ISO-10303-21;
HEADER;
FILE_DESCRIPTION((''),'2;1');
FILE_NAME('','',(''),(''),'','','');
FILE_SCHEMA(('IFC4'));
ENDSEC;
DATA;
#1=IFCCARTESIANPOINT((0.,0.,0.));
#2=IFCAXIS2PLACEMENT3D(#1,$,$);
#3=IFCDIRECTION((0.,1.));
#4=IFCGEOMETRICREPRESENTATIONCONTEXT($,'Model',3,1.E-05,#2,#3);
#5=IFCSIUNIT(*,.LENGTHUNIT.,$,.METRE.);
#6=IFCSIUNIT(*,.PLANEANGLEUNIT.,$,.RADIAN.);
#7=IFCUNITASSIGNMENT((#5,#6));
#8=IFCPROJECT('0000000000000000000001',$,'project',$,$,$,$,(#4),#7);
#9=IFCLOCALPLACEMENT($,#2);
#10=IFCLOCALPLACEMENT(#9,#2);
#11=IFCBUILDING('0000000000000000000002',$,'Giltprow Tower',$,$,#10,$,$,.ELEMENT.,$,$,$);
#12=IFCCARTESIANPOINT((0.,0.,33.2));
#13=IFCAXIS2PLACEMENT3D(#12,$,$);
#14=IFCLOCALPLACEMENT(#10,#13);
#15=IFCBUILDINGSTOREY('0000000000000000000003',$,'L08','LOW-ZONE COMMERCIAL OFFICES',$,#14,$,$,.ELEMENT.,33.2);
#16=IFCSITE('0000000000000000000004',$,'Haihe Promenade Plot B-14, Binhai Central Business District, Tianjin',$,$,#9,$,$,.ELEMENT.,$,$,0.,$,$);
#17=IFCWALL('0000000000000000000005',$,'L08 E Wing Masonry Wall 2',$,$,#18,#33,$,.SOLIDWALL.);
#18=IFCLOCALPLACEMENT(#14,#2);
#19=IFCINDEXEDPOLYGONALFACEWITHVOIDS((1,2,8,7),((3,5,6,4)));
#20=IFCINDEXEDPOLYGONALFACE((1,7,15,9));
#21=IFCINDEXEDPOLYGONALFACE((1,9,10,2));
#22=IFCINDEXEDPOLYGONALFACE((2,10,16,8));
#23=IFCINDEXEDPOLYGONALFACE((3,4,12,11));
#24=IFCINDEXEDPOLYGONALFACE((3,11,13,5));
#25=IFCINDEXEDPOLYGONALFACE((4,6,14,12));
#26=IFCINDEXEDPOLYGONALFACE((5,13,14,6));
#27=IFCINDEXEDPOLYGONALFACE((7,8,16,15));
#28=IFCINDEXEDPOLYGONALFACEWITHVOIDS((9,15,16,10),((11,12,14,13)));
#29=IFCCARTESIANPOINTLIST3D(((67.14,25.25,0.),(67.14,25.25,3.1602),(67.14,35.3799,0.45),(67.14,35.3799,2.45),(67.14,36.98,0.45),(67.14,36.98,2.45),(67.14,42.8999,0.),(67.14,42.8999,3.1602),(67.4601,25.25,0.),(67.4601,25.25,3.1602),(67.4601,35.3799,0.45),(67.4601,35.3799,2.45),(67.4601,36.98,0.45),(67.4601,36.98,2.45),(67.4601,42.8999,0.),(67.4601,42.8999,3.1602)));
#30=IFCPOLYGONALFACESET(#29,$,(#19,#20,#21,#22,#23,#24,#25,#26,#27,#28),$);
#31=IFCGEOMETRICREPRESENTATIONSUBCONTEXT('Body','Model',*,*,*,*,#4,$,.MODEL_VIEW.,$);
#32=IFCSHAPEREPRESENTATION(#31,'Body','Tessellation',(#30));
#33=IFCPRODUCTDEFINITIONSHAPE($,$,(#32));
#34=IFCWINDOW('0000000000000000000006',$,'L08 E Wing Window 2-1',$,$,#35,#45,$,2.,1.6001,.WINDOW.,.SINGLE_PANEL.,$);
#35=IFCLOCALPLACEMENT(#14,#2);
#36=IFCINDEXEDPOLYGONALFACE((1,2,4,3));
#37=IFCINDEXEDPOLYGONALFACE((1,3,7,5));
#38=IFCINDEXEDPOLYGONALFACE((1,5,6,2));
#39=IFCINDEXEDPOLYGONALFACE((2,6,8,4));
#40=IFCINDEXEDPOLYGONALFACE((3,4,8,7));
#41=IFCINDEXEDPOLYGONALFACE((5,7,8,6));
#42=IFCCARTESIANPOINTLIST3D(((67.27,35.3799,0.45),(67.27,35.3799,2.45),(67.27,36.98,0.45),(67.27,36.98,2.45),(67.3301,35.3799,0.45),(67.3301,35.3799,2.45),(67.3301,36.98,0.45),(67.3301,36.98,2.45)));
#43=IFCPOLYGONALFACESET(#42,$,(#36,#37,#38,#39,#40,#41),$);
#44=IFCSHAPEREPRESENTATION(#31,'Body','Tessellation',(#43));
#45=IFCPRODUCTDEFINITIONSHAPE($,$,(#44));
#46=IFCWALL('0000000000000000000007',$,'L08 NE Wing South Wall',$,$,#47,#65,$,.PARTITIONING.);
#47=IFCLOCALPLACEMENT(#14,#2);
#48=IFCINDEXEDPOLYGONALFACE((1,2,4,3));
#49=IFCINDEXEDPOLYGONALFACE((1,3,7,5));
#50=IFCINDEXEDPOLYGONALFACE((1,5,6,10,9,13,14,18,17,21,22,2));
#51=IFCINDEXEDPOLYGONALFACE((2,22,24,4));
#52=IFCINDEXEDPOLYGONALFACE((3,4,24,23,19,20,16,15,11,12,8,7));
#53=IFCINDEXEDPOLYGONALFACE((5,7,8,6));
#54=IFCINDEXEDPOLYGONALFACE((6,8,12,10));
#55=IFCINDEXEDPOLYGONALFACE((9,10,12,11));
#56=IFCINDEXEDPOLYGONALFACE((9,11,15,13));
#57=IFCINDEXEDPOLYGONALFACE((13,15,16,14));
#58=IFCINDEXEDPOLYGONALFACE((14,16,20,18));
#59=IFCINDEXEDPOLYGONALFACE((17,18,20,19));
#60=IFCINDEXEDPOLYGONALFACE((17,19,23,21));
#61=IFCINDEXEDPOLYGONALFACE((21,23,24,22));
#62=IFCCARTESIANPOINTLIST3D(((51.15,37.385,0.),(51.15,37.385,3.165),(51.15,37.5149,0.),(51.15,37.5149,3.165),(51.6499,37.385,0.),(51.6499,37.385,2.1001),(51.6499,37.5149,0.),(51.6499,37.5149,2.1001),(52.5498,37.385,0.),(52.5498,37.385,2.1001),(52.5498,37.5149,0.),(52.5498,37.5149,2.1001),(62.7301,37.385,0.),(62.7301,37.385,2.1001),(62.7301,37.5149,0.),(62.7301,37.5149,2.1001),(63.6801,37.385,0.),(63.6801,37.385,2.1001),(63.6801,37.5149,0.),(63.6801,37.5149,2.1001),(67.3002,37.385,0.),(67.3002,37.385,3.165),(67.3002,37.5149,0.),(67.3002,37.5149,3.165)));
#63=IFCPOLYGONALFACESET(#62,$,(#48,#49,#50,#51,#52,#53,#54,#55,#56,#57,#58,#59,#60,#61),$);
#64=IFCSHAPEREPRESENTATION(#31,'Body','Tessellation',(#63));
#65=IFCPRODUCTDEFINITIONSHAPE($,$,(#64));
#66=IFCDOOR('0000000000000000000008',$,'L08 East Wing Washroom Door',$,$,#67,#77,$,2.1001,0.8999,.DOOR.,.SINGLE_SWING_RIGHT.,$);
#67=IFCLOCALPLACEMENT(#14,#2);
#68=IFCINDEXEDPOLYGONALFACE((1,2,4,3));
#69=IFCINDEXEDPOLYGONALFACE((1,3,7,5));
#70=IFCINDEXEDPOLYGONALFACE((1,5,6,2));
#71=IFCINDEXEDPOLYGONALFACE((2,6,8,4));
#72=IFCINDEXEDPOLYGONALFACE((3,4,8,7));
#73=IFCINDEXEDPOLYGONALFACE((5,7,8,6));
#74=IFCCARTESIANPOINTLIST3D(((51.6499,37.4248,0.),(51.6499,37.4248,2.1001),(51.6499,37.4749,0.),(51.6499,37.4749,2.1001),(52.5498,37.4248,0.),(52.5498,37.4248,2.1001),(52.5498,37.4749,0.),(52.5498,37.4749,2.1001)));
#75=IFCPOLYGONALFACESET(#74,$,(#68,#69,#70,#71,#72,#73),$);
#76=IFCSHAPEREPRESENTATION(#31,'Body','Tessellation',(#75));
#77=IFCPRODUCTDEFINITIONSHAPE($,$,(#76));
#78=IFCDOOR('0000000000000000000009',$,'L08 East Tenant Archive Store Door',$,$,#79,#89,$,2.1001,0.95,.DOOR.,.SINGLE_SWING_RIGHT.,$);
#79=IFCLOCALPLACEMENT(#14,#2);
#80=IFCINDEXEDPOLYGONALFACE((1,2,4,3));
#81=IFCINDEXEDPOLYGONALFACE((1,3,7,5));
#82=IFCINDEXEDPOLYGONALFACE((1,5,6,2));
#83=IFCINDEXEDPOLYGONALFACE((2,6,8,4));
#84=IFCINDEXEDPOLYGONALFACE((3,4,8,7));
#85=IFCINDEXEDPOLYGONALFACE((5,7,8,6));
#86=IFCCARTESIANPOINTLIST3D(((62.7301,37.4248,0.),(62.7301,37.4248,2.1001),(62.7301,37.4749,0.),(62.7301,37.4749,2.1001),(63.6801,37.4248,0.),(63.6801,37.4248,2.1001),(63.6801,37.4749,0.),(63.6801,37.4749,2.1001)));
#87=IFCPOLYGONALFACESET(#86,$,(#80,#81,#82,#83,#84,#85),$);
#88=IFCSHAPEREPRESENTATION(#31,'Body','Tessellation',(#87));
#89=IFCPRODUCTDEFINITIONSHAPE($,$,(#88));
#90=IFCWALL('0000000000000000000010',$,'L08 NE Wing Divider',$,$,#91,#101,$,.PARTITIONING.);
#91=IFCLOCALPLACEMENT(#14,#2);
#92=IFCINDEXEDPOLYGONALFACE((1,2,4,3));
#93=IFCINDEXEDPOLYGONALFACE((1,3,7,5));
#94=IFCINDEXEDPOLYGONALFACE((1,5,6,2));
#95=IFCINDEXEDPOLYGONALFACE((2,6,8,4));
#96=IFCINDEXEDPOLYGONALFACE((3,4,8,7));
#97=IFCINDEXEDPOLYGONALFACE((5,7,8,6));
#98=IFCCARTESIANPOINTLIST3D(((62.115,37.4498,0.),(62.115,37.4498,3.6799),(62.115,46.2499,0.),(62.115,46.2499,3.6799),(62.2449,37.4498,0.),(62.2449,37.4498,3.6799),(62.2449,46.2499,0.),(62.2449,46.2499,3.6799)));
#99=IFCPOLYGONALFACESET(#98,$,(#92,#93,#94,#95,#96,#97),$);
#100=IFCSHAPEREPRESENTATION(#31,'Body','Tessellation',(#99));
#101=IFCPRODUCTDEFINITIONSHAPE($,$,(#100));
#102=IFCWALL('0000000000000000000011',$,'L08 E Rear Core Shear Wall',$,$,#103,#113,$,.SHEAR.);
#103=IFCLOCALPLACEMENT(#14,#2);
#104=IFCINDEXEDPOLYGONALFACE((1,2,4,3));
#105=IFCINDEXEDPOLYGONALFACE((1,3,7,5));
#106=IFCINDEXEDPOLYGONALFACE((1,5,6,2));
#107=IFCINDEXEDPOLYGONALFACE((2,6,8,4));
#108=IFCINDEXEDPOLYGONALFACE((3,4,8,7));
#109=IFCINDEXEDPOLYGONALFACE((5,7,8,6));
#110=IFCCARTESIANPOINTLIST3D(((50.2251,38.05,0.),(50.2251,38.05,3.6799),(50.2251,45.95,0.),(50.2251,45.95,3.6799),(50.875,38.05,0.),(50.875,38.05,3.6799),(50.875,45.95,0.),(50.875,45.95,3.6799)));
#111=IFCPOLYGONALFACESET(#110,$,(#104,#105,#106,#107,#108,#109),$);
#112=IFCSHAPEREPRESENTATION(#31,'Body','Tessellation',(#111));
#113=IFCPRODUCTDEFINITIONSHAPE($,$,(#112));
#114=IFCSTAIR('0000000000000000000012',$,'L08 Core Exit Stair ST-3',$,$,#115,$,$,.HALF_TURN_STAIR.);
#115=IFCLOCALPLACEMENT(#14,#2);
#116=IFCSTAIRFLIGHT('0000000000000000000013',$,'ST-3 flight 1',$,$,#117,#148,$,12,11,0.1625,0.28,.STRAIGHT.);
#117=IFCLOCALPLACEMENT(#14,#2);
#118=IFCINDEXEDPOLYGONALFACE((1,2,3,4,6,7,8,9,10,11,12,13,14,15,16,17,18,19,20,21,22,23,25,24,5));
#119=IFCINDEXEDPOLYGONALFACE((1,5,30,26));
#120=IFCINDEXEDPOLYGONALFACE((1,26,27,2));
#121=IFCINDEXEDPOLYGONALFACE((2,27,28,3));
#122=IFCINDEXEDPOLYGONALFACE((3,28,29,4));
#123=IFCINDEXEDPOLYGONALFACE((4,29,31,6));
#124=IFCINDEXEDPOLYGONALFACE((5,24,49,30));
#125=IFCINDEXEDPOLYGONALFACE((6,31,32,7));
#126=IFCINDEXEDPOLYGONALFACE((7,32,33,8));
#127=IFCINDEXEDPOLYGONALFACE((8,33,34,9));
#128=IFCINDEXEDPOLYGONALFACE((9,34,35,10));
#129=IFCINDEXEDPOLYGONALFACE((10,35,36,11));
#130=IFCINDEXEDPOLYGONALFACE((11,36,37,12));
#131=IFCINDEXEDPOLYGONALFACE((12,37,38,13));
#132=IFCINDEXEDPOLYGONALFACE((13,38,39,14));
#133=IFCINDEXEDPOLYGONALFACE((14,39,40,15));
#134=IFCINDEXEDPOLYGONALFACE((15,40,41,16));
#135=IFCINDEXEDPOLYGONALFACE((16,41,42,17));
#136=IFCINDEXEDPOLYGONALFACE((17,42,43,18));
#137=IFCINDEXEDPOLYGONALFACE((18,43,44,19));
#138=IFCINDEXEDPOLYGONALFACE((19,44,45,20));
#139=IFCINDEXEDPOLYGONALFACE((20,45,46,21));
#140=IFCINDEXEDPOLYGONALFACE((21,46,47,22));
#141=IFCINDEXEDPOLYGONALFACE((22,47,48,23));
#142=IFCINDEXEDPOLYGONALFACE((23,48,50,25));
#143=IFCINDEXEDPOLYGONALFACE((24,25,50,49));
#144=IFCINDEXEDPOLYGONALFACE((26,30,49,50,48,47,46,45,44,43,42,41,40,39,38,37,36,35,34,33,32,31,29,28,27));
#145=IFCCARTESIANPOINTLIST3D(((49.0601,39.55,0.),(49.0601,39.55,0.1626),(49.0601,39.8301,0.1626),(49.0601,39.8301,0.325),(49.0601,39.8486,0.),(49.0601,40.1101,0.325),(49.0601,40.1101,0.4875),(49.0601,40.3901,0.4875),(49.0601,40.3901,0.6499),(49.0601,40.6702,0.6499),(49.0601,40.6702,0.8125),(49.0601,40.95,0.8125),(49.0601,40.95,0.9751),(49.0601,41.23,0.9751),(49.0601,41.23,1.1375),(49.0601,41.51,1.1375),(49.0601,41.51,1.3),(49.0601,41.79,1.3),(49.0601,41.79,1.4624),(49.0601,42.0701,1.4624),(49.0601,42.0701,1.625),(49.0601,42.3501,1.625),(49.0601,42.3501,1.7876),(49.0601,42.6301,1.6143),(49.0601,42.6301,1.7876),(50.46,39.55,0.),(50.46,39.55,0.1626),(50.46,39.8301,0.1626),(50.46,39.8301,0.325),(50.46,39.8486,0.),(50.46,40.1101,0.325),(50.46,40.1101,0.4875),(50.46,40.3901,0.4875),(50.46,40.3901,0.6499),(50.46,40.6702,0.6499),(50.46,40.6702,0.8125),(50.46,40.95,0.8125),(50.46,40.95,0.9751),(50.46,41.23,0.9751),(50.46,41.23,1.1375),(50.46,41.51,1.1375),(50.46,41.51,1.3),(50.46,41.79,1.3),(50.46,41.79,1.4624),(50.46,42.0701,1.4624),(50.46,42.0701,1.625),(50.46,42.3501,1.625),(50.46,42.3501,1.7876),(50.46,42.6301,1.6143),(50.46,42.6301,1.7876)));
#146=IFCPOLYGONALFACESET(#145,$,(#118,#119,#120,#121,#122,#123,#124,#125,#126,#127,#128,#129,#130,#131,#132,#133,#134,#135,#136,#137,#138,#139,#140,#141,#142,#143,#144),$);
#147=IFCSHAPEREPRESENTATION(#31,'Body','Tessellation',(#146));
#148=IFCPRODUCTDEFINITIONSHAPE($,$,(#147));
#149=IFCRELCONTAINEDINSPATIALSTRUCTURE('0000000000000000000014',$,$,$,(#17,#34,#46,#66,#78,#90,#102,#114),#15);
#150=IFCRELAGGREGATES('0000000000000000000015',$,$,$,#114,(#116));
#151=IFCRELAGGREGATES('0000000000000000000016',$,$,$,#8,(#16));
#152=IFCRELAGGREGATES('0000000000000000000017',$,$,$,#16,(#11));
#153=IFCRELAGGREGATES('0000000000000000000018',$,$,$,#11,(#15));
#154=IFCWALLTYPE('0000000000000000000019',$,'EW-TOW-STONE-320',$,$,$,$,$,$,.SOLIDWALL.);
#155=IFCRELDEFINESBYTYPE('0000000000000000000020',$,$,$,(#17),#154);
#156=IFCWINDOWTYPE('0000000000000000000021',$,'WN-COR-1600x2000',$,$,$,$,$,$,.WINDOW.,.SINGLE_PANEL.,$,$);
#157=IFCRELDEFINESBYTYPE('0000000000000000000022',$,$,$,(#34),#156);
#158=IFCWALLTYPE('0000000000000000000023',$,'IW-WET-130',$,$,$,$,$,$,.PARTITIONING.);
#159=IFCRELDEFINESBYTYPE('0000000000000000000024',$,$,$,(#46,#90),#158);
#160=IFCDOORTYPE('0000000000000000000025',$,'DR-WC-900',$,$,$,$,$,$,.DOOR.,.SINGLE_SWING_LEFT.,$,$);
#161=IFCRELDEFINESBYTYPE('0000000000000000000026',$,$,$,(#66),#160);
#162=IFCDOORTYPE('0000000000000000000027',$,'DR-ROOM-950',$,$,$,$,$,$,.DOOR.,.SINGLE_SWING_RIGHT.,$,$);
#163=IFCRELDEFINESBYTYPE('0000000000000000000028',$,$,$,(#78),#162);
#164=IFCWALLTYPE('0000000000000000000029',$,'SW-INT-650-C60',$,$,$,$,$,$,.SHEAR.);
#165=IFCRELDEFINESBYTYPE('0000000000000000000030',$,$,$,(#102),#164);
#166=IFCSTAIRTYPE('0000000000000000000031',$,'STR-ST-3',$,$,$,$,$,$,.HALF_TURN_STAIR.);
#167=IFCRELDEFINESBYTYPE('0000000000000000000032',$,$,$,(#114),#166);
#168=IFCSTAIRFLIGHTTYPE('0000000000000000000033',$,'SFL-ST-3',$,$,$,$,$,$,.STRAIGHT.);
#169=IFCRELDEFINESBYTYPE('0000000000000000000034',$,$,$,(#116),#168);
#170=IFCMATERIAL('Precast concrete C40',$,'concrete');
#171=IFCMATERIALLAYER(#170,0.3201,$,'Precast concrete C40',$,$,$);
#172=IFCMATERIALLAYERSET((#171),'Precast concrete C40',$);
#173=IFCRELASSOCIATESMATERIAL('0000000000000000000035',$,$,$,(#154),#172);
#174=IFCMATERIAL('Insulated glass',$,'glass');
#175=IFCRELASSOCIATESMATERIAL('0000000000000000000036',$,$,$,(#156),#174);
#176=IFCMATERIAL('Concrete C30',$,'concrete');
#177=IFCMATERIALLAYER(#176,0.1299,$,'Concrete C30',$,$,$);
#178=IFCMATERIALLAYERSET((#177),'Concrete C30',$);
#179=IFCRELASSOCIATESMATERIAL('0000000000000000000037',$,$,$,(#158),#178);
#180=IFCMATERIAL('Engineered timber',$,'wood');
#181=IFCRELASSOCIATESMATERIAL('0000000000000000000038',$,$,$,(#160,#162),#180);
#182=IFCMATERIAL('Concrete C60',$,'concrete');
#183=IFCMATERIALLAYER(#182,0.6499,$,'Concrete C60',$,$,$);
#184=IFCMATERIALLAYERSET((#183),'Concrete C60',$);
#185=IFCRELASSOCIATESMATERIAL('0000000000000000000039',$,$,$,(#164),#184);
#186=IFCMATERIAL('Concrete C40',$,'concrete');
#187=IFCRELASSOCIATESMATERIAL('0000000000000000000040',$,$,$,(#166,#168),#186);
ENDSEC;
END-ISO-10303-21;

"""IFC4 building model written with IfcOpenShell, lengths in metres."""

from ifc_helpers import new_model, si_unit, direction, frame, frame_2d, origin, place, context, subcontext, project, spatial, polyline, rectangle, outline, extrude, source, transform, mapped, material, layer, layer_set, type_object, element, fill, aggregate, save


model = new_model("IFC4")

# Units and contexts
model_context = context("Model", 3, precision=1e-05, world=origin(), true_north=direction((0.0, 1.0)))
body_context = subcontext(model_context, "Body", "Model", "MODEL_VIEW")
ifc_project = project(units=[si_unit("LENGTHUNIT", "METRE"), si_unit("PLANEANGLEUNIT", "RADIAN")], contexts=[model_context])

# Site, building, storey
site_placement = place(None, origin())
site = spatial("IfcSite", under=ifc_project, at=site_placement, Name="Haihe Promenade Plot B-14, Binhai Central Business District, Tianjin", CompositionType="ELEMENT", RefElevation=0.0)
building_placement = place(site_placement, origin())
building = spatial("IfcBuilding", under=site, at=building_placement, Name="Giltprow Tower", CompositionType="ELEMENT")
storey_placement = place(building_placement, frame((0.0, 0.0, 33.2)))
storey = spatial("IfcBuildingStorey", under=building, at=storey_placement, Name="L08", Description="LOW-ZONE COMMERCIAL OFFICES", CompositionType="ELEMENT", Elevation=33.2)

# Shared definitions
ifc_material_1 = material(Name="Concrete C60", Category="concrete")

# Wall, opening, window
ifc_material_2 = material(Name="Precast concrete C40", Category="concrete")
ifc_layer_1 = layer(ifc_material_2, 0.3201, Name="Precast concrete C40")
ifc_layer_set_1 = layer_set([ifc_layer_1], Name="Precast concrete C40")
wall_type_1 = type_object("IfcWallType", Name="EW-TOW-STONE-320", PredefinedType="SOLIDWALL", material=ifc_layer_set_1)
wall_1_placement = place(storey_placement, frame((67.3, 25.25, 0.0), z_axis=(0.0, 0.0, 1.0), x_axis=(0.0, 1.0, 0.0)))
wall_1 = element("IfcWall", 1, at=wall_1_placement, inside=storey, type_object=wall_type_1, Name="L08 E Wing Masonry Wall 2", PredefinedType="SOLIDWALL", context=body_context, shape_type="SweptSolid", body=[
    extrude(rectangle(XDim=17.6499, YDim=0.3201, at=frame_2d((8.825, 0.0))), origin(), (0.0, 0.0, 1.0), 3.1602),
])
opening_1_placement = place(wall_1_placement, frame((10.1299, 0.0, 0.45)))
opening_1 = element("IfcOpeningElement", 2, at=opening_1_placement, cuts=wall_1, PredefinedType="OPENING", context=body_context, shape_type="SweptSolid", body=[
    extrude(rectangle(XDim=1.6001, YDim=2.0, at=frame_2d((0.8, 1.0))), frame((0.0, 0.1699, 0.0), z_axis=(0.0, -1.0, 0.0), x_axis=(1.0, 0.0, 0.0)), (0.0, 0.0, 1.0), 0.3401),
])
ifc_material_3 = material(Name="Insulated glass", Category="glass")
window_type = type_object("IfcWindowType", Name="WN-COR-1600x2000", PartitioningType="SINGLE_PANEL", PredefinedType="WINDOW", material=ifc_material_3)
shared_shape_1 = source(origin(), body_context, "Body", "SweptSolid", [
    extrude(rectangle(XDim=1.6001, YDim=2.0, at=frame_2d((0.8, 1.0))), frame((0.0, 0.03, 0.0), z_axis=(0.0, -1.0, 0.0), x_axis=(1.0, 0.0, 0.0)), (0.0, 0.0, 1.0), 0.0601),
])
window_placement = place(opening_1_placement, origin())
window = element("IfcWindow", 3, at=window_placement, inside=storey, type_object=window_type, Name="L08 E Wing Window 2-1", OverallHeight=2.0, OverallWidth=1.6001, PartitioningType="SINGLE_PANEL", PredefinedType="WINDOW", context=body_context, shape_type="MappedRepresentation", body=[
    mapped(shared_shape_1, transform((0.0, 0.0, 0.0), x_axis=(1.0, 0.0, 0.0), y_axis=(0.0, 1.0, 0.0), z_axis=(0.0, 0.0, 1.0), scale=1.0)),
])
fill(opening_1, window)

# Wall, openings, doors
ifc_material_4 = material(Name="Concrete C30", Category="concrete")
ifc_layer_2 = layer(ifc_material_4, 0.1299, Name="Concrete C30")
ifc_layer_set_2 = layer_set([ifc_layer_2], Name="Concrete C30")
wall_type_2 = type_object("IfcWallType", Name="IW-WET-130", PredefinedType="PARTITIONING", material=ifc_layer_set_2)
wall_2_placement = place(storey_placement, frame((51.1499, 37.45, 0.0), z_axis=(0.0, 0.0, 1.0), x_axis=(1.0, 0.0, 0.0)))
wall_2 = element("IfcWall", 4, at=wall_2_placement, inside=storey, type_object=wall_type_2, Name="L08 NE Wing South Wall", PredefinedType="PARTITIONING", context=body_context, shape_type="SweptSolid", body=[
    extrude(rectangle(XDim=16.1501, YDim=0.1299, at=frame_2d((8.0752, 0.0))), origin(), (0.0, 0.0, 1.0), 3.165),
])
opening_2_placement = place(wall_2_placement, frame((0.5, 0.0, 0.0)))
opening_2 = element("IfcOpeningElement", 5, at=opening_2_placement, cuts=wall_2, PredefinedType="OPENING", context=body_context, shape_type="SweptSolid", body=[
    extrude(rectangle(XDim=0.8999, YDim=2.1001, at=frame_2d((0.45, 1.05))), frame((0.0, 0.075, 0.0), z_axis=(0.0, -1.0, 0.0), x_axis=(1.0, 0.0, 0.0)), (0.0, 0.0, 1.0), 0.1499),
])
opening_3_placement = place(wall_2_placement, frame((11.5801, 0.0, 0.0)))
opening_3 = element("IfcOpeningElement", 6, at=opening_3_placement, cuts=wall_2, PredefinedType="OPENING", context=body_context, shape_type="SweptSolid", body=[
    extrude(rectangle(XDim=0.95, YDim=2.1001, at=frame_2d((0.4751, 1.05))), frame((0.0, 0.075, 0.0), z_axis=(0.0, -1.0, 0.0), x_axis=(1.0, 0.0, 0.0)), (0.0, 0.0, 1.0), 0.1499),
])
ifc_material_5 = material(Name="Engineered timber", Category="wood")
door_type_1 = type_object("IfcDoorType", Name="DR-WC-900", OperationType="SINGLE_SWING_LEFT", PredefinedType="DOOR", material=ifc_material_5)
shared_shape_2 = source(origin(), body_context, "Body", "SweptSolid", [
    extrude(rectangle(XDim=0.8999, YDim=2.1001, at=frame_2d((0.45, 1.05))), frame((0.0, 0.0249, 0.0), z_axis=(0.0, -1.0, 0.0), x_axis=(1.0, 0.0, 0.0)), (0.0, 0.0, 1.0), 0.05),
])
door_1_placement = place(opening_2_placement, origin())
door_1 = element("IfcDoor", 7, at=door_1_placement, inside=storey, type_object=door_type_1, Name="L08 East Wing Washroom Door", OperationType="SINGLE_SWING_RIGHT", OverallHeight=2.1001, OverallWidth=0.8999, PredefinedType="DOOR", context=body_context, shape_type="MappedRepresentation", body=[
    mapped(shared_shape_2, transform((0.0, 0.0, 0.0), x_axis=(1.0, 0.0, 0.0), y_axis=(0.0, 1.0, 0.0), z_axis=(0.0, 0.0, 1.0), scale=1.0)),
])
fill(opening_2, door_1)
door_type_2 = type_object("IfcDoorType", Name="DR-ROOM-950", OperationType="SINGLE_SWING_RIGHT", PredefinedType="DOOR", material=ifc_material_5)
shared_shape_3 = source(origin(), body_context, "Body", "SweptSolid", [
    extrude(rectangle(XDim=0.95, YDim=2.1001, at=frame_2d((0.4751, 1.05))), frame((0.0, 0.0249, 0.0), z_axis=(0.0, -1.0, 0.0), x_axis=(1.0, 0.0, 0.0)), (0.0, 0.0, 1.0), 0.05),
])
door_2_placement = place(opening_3_placement, origin())
door_2 = element("IfcDoor", 8, at=door_2_placement, inside=storey, type_object=door_type_2, Name="L08 East Tenant Archive Store Door", OperationType="SINGLE_SWING_RIGHT", OverallHeight=2.1001, OverallWidth=0.95, PredefinedType="DOOR", context=body_context, shape_type="MappedRepresentation", body=[
    mapped(shared_shape_3, transform((0.0, 0.0, 0.0), x_axis=(1.0, 0.0, 0.0), y_axis=(0.0, 1.0, 0.0), z_axis=(0.0, 0.0, 1.0), scale=1.0)),
])
fill(opening_3, door_2)

# Walls
wall_3_placement = place(storey_placement, frame((62.1799, 37.45, 0.0), z_axis=(0.0, 0.0, 1.0), x_axis=(0.0, 1.0, 0.0)))
element("IfcWall", 9, at=wall_3_placement, inside=storey, type_object=wall_type_2, Name="L08 NE Wing Divider", PredefinedType="PARTITIONING", context=body_context, shape_type="SweptSolid", body=[
    extrude(rectangle(XDim=8.8, YDim=0.1299, at=frame_2d((4.3999, 0.0))), origin(), (0.0, 0.0, 1.0), 3.6799),
])
ifc_layer_3 = layer(ifc_material_1, 0.6499, Name="Concrete C60")
ifc_layer_set_3 = layer_set([ifc_layer_3], Name="Concrete C60")
wall_type_3 = type_object("IfcWallType", Name="SW-INT-650-C60", PredefinedType="SHEAR", material=ifc_layer_set_3)
wall_4_placement = place(storey_placement, frame((50.55, 38.05, 0.0), z_axis=(0.0, 0.0, 1.0), x_axis=(0.0, 1.0, 0.0)))
element("IfcWall", 10, at=wall_4_placement, inside=storey, type_object=wall_type_3, Name="L08 E Rear Core Shear Wall", PredefinedType="SHEAR", context=body_context, shape_type="SweptSolid", body=[
    extrude(rectangle(XDim=7.8999, YDim=0.6499, at=frame_2d((3.95, 0.0))), origin(), (0.0, 0.0, 1.0), 3.6799),
])

# Stair, stair flight
ifc_material_6 = material(Name="Concrete C40", Category="concrete")
stair_type = type_object("IfcStairType", Name="STR-ST-3", PredefinedType="HALF_TURN_STAIR", material=ifc_material_6)
stair_placement = place(storey_placement, origin())
stair = element("IfcStair", 11, at=stair_placement, inside=storey, type_object=stair_type, Name="L08 Core Exit Stair ST-3", PredefinedType="HALF_TURN_STAIR")
stair_flight_type = type_object("IfcStairFlightType", Name="SFL-ST-3", PredefinedType="STRAIGHT", material=ifc_material_6)
stair_flight_placement = place(storey_placement, frame((49.76, 39.55, 0.0), z_axis=(0.0, 0.0, 1.0), x_axis=(0.0, 1.0, 0.0)))
stair_flight = element("IfcStairFlight", 12, at=stair_flight_placement, type_object=stair_flight_type, Name="ST-3 flight 1", NumberOfRisers=12, NumberOfTreads=11, PredefinedType="STRAIGHT", RiserHeight=0.1625, TreadLength=0.28, context=body_context, shape_type="SweptSolid", body=[
    extrude(outline(polyline([(0.0, 0.0), (0.0, 0.1626), (0.28, 0.1626), (0.28, 0.325), (0.5601, 0.325), (0.5601, 0.4875), (0.8401, 0.4875), (0.8401, 0.6499), (1.1201, 0.6499), (1.1201, 0.8125), (1.3999, 0.8125), (1.3999, 0.9751), (1.6799, 0.9751), (1.6799, 1.1375), (1.96, 1.1375), (1.96, 1.3), (2.24, 1.3), (2.24, 1.4624), (2.52, 1.4624), (2.52, 1.625), (2.8, 1.625), (2.8, 1.7876), (3.0801, 1.7876), (3.0801, 1.95), (3.0801, 1.6143), (0.2986, 0.0), (0.0, 0.0)])), frame((0.0, 0.7, 0.0), z_axis=(0.0, -1.0, 0.0), x_axis=(1.0, 0.0, 0.0)), (0.0, 0.0, 1.0), 1.3999),
])
aggregate(stair, [stair_flight])

save(model, "model.ifc")
